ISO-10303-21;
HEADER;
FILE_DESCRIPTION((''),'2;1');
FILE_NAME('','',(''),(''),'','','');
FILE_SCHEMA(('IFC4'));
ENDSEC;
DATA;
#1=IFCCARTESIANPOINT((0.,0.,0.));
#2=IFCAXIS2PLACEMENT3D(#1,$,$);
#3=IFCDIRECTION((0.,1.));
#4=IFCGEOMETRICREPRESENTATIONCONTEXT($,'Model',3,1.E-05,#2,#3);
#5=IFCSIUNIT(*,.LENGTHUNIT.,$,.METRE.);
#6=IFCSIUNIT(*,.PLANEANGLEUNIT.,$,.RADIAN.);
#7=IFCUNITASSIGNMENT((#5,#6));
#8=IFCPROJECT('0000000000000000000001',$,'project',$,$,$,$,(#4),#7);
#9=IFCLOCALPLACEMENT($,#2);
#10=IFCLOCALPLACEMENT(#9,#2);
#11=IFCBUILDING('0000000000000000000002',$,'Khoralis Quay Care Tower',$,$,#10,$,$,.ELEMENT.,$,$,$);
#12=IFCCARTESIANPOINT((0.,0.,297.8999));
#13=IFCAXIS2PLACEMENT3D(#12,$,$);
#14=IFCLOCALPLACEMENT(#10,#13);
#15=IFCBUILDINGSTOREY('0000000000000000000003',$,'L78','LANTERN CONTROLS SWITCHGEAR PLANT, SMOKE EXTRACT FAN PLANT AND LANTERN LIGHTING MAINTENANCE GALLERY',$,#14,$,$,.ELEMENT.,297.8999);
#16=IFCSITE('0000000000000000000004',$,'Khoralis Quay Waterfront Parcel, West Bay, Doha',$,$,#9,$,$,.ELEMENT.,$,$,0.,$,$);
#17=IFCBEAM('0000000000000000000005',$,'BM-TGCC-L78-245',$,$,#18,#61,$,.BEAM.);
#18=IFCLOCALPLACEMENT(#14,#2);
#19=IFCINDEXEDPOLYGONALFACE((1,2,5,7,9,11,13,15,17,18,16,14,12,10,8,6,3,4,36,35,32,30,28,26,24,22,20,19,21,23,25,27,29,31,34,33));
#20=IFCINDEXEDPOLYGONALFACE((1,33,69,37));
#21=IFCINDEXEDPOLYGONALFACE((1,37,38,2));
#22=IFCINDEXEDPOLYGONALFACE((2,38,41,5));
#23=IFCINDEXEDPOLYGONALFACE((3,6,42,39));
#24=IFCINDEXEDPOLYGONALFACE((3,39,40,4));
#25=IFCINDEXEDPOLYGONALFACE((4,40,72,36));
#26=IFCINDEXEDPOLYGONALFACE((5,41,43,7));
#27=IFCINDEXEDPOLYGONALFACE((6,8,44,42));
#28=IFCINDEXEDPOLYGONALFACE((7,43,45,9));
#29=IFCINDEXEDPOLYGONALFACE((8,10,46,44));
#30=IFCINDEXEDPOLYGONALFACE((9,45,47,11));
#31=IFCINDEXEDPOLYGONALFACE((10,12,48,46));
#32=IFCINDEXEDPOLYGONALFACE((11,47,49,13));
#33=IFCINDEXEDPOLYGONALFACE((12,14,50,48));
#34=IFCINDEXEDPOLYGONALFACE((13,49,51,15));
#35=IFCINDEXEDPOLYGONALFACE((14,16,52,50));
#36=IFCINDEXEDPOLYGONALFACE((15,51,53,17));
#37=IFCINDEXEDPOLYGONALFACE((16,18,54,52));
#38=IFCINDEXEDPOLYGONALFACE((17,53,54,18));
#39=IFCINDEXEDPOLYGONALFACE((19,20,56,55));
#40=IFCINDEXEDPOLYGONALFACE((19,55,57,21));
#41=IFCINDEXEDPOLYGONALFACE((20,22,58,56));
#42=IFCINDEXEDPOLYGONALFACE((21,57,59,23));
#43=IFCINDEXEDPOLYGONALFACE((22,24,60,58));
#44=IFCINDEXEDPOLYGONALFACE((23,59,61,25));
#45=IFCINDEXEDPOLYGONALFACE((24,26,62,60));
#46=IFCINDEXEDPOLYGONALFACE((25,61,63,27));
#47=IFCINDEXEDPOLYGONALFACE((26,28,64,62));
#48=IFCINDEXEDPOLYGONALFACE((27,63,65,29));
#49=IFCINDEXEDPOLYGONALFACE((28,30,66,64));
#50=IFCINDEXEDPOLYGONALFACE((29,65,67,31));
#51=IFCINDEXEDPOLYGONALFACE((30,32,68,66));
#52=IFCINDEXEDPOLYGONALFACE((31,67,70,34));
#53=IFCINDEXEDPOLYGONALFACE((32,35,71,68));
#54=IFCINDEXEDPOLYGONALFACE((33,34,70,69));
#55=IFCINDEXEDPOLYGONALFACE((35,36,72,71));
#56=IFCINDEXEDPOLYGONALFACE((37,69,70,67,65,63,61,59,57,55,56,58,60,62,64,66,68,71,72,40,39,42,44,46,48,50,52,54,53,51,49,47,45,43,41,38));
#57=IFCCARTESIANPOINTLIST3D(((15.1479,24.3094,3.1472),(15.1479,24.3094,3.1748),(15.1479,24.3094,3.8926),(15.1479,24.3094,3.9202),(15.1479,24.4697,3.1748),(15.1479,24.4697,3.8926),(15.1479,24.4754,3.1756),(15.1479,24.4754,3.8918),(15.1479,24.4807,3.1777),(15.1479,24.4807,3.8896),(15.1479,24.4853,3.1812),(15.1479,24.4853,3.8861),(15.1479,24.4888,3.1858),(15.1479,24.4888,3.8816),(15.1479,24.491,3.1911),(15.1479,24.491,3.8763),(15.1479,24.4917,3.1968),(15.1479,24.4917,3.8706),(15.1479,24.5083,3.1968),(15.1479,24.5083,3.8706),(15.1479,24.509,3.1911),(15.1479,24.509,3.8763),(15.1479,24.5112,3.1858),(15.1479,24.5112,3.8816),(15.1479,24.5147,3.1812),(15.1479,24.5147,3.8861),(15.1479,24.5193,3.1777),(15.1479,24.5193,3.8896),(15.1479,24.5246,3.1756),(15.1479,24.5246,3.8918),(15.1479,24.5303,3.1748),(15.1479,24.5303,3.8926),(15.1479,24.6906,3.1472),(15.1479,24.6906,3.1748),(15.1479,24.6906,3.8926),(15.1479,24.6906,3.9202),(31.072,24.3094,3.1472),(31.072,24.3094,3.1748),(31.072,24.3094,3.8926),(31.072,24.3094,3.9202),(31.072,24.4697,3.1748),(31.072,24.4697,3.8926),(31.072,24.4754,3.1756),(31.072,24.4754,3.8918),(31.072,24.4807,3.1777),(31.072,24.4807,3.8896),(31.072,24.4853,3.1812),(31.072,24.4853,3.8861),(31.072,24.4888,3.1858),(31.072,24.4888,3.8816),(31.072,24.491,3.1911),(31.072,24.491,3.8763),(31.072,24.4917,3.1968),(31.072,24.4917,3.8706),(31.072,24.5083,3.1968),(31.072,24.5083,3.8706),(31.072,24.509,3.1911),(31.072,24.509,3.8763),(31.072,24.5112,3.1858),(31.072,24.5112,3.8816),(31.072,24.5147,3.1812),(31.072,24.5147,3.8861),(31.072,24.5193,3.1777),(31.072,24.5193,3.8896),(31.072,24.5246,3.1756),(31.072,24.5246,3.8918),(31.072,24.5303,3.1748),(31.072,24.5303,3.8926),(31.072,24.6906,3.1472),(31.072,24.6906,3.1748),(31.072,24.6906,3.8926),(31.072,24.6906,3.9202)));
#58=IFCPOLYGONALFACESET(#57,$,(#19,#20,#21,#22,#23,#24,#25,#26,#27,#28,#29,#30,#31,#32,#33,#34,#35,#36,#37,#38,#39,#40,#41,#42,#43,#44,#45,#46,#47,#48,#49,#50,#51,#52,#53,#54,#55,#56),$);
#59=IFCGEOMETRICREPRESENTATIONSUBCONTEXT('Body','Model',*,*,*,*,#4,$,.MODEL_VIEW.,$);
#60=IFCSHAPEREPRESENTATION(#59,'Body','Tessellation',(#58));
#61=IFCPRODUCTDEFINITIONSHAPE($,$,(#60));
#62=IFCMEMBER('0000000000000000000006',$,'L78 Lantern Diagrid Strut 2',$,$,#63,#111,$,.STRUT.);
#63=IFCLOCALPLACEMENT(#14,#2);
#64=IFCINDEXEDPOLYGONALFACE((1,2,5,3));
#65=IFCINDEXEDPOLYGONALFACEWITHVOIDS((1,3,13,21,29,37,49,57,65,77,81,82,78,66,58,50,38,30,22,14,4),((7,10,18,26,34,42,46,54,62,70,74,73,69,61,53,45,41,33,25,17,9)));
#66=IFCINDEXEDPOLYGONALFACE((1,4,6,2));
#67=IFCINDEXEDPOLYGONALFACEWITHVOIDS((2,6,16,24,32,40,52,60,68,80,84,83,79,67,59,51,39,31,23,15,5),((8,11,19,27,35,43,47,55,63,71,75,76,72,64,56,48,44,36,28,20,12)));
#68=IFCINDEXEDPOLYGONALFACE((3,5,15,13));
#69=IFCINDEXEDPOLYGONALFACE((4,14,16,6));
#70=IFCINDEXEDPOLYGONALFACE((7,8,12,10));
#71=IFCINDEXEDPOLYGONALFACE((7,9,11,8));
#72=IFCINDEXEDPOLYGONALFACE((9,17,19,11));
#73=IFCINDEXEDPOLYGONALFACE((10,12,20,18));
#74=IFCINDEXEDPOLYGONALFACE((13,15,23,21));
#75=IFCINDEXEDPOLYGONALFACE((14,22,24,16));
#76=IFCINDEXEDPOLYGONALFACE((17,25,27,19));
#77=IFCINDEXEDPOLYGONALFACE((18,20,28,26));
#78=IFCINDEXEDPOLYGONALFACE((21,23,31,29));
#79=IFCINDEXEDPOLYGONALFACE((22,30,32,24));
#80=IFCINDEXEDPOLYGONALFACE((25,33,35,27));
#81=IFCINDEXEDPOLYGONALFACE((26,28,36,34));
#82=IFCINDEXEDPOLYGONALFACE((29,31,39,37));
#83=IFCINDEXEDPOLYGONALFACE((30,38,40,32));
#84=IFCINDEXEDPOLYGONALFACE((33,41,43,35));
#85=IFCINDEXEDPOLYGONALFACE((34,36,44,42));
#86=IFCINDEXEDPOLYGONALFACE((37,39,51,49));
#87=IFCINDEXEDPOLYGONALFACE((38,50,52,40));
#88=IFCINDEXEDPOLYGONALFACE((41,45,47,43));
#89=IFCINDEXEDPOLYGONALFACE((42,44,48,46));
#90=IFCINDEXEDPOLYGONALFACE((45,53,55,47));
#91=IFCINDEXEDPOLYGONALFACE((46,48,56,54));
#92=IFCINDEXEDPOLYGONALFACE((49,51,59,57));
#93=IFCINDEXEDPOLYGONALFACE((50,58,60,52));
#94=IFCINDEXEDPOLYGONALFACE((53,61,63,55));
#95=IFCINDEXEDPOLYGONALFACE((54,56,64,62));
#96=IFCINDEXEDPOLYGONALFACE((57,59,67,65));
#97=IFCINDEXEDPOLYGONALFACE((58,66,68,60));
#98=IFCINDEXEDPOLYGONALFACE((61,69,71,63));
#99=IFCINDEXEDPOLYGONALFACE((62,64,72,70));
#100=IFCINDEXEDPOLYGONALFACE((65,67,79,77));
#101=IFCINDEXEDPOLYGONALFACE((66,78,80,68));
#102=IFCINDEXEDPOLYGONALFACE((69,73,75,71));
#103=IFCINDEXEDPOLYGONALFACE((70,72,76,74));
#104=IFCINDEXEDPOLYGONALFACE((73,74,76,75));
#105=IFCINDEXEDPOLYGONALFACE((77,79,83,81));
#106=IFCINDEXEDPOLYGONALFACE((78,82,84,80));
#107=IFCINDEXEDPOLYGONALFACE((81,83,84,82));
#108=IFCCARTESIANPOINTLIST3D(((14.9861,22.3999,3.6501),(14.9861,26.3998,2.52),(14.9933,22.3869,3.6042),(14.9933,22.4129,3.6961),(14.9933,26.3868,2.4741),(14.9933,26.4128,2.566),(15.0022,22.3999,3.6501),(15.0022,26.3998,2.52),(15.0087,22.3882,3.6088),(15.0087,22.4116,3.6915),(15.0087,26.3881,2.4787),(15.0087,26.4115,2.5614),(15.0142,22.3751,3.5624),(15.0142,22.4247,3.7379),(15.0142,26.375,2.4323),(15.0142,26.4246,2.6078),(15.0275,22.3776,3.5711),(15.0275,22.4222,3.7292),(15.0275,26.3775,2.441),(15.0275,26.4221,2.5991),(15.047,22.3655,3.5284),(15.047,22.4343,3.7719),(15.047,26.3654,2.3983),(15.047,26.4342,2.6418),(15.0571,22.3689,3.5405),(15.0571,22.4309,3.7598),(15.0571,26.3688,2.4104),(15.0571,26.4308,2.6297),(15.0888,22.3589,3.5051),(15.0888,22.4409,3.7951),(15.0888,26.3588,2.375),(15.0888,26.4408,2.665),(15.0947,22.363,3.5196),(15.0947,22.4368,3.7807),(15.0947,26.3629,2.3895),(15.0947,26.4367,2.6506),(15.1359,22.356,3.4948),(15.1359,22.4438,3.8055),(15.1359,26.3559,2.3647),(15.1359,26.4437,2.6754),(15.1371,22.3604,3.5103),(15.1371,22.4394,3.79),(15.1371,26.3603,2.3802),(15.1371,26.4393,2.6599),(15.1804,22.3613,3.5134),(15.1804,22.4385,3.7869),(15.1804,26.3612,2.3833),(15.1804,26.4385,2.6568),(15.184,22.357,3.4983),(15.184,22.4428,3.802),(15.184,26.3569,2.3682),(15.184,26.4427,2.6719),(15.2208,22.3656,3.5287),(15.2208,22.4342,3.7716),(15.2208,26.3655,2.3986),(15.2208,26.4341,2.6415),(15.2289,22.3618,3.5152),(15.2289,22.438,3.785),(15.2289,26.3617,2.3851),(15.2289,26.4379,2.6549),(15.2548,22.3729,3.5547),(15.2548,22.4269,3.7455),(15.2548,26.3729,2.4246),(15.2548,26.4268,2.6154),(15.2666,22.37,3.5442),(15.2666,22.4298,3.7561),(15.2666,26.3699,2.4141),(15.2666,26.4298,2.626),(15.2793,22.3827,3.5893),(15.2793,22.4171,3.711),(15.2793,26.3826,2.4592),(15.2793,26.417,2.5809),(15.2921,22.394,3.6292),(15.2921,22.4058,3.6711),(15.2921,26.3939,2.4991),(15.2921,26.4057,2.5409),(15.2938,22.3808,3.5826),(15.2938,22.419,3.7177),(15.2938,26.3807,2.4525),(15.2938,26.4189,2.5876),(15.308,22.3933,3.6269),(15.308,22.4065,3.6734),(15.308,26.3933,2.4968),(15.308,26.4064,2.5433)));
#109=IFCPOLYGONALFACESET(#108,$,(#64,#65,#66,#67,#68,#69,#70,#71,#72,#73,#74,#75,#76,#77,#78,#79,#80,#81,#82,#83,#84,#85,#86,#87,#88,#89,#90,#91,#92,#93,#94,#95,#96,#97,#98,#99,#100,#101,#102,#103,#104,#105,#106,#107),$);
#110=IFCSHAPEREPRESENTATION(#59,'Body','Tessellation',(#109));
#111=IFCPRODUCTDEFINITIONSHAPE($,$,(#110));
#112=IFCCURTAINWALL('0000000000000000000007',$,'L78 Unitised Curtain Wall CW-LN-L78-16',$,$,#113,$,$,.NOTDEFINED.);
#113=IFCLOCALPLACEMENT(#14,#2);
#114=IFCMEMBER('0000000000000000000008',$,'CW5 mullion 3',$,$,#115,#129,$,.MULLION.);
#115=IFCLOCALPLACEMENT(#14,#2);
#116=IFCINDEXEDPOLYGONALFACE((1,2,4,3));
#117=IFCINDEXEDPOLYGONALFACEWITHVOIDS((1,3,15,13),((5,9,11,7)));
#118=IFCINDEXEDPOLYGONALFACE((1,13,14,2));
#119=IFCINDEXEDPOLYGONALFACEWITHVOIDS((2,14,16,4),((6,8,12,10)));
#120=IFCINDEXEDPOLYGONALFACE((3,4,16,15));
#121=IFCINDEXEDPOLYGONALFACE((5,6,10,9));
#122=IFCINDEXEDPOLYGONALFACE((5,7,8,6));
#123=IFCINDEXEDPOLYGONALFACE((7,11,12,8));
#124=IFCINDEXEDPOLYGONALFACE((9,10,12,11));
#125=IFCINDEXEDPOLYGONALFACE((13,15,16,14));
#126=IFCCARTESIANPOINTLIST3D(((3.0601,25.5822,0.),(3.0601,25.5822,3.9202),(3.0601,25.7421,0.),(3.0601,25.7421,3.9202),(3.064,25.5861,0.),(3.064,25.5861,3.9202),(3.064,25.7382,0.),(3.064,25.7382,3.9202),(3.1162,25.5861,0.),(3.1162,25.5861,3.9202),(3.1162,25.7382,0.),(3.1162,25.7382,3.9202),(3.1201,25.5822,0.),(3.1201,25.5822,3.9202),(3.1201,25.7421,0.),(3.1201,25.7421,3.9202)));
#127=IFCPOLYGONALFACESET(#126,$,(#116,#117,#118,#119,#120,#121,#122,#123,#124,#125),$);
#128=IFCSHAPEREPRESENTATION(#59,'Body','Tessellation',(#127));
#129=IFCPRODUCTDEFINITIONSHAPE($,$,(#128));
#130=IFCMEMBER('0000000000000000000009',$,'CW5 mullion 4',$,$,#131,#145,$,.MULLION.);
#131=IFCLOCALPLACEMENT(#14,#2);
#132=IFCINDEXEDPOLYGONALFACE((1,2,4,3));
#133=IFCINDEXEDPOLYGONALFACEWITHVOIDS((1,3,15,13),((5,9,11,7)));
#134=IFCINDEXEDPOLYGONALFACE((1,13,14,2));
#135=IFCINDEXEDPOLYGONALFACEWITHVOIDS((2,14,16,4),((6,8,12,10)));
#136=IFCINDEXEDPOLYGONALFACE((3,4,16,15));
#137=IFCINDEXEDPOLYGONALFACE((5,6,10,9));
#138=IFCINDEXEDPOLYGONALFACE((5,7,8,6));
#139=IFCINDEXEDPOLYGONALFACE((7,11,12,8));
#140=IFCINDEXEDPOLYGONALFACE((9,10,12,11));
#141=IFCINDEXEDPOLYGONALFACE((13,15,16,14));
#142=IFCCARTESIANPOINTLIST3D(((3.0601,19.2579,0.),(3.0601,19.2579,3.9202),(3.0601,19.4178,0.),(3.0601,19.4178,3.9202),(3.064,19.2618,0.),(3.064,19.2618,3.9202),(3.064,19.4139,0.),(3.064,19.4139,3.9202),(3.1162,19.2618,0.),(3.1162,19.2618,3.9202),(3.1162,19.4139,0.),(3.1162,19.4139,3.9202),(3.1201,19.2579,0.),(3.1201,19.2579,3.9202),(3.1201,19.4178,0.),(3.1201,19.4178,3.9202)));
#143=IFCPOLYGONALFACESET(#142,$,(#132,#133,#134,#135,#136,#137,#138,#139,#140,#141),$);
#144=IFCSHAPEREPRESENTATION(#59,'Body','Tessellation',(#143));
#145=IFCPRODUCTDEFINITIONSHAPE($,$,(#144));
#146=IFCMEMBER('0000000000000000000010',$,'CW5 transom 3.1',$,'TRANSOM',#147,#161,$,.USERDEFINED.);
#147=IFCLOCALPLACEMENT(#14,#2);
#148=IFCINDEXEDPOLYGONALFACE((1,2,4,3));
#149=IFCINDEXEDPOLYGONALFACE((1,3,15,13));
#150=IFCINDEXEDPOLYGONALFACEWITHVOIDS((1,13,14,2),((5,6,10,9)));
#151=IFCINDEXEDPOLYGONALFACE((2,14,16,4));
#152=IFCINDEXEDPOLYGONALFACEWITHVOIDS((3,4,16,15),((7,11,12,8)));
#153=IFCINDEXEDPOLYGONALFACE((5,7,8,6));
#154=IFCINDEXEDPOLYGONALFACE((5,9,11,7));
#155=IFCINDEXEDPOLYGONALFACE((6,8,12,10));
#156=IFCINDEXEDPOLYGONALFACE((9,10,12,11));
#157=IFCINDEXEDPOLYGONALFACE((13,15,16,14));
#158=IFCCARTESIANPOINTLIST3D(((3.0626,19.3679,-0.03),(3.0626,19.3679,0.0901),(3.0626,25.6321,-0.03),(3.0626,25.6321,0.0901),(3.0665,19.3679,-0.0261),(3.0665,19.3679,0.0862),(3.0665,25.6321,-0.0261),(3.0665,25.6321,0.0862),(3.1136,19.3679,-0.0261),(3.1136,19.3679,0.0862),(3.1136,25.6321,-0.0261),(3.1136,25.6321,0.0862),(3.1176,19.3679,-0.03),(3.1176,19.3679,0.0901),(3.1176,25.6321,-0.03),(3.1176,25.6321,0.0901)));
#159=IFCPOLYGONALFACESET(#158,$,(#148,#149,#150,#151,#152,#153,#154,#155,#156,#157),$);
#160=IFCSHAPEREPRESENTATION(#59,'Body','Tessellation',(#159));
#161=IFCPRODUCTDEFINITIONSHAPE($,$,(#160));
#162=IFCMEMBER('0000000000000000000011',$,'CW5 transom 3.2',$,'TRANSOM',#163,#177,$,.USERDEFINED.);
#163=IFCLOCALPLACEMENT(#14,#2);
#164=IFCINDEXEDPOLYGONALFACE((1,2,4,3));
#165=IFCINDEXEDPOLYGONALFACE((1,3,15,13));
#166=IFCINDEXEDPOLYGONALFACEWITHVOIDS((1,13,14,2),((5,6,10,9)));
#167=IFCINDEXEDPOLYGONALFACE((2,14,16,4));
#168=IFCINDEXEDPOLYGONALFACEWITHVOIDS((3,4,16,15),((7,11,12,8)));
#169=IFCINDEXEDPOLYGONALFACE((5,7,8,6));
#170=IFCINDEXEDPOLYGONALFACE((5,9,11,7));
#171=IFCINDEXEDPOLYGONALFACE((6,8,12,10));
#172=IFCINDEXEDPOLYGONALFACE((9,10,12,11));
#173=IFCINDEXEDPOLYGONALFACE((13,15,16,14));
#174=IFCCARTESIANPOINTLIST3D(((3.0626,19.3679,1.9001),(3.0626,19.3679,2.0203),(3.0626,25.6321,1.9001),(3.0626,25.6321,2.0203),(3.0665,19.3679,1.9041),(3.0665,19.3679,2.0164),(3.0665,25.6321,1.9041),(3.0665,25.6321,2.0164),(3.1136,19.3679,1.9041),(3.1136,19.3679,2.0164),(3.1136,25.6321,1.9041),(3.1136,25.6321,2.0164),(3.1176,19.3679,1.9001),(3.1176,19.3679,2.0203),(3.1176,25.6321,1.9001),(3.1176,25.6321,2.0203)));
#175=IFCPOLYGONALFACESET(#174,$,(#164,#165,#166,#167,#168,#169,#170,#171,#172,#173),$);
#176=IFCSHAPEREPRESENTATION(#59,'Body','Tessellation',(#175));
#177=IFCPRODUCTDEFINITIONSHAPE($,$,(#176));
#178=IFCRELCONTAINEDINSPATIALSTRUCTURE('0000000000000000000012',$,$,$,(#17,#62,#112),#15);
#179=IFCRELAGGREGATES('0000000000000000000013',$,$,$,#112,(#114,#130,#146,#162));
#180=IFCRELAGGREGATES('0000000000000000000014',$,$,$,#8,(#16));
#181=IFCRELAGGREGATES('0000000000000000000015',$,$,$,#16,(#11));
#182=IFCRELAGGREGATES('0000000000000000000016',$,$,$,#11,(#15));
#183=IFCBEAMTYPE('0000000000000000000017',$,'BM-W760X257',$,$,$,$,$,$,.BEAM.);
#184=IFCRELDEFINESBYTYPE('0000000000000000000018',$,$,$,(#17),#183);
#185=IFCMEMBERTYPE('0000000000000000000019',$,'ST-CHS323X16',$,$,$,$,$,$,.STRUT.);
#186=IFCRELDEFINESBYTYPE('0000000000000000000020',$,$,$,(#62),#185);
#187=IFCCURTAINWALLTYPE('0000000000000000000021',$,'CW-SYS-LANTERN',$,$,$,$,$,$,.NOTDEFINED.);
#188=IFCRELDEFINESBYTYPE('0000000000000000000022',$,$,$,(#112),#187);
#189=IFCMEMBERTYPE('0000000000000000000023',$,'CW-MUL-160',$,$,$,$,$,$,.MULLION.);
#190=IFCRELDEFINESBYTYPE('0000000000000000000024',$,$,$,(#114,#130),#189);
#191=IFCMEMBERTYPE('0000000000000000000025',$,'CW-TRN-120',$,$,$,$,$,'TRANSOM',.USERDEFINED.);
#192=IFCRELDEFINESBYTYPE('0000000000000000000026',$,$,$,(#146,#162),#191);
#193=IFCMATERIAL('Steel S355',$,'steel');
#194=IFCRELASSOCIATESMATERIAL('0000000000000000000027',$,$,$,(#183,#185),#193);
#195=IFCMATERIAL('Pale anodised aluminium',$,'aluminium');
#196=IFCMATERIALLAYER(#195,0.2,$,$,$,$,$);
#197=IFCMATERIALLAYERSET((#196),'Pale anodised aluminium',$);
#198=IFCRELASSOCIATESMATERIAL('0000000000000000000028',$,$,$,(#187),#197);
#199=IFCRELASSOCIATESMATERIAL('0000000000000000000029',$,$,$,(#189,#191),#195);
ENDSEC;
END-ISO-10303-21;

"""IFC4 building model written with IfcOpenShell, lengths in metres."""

from ifc_helpers import new_model, si_unit, direction, frame, origin, origin_2d, place, context, subcontext, project, spatial, hollow_rectangle, hollow_circle, i_section, extrude, source, transform, mapped, material, layer, layer_set, material_profile, profile_set, type_object, element, aggregate, save


model = new_model("IFC4")

# Units and contexts
model_context = context("Model", 3, precision=1e-05, world=origin(), true_north=direction((0.0, 1.0)))
body_context = subcontext(model_context, "Body", "Model", "MODEL_VIEW")
ifc_project = project(units=[si_unit("LENGTHUNIT", "METRE"), si_unit("PLANEANGLEUNIT", "RADIAN")], contexts=[model_context])

# Site, building, storey
site_placement = place(None, origin())
site = spatial("IfcSite", under=ifc_project, at=site_placement, Name="Khoralis Quay Waterfront Parcel, West Bay, Doha", CompositionType="ELEMENT", RefElevation=0.0)
building_placement = place(site_placement, origin())
building = spatial("IfcBuilding", under=site, at=building_placement, Name="Khoralis Quay Care Tower", CompositionType="ELEMENT")
storey_placement = place(building_placement, frame((0.0, 0.0, 297.8999)))
storey = spatial("IfcBuildingStorey", under=building, at=storey_placement, Name="L78", Description="LANTERN CONTROLS SWITCHGEAR PLANT, SMOKE EXTRACT FAN PLANT AND LANTERN LIGHTING MAINTENANCE GALLERY", CompositionType="ELEMENT", Elevation=297.8999)

# Shared definitions
ifc_material_1 = material(Name="Steel S355", Category="steel")

# Beam
ifc_material_profile_1 = material_profile(ifc_material_1, i_section(OverallWidth=0.3811, OverallDepth=0.7729, WebThickness=0.0166, FlangeThickness=0.0276, FilletRadius=0.022, at=origin_2d()), Name="Steel S355")
ifc_profile_set_1 = profile_set([ifc_material_profile_1], Name="Steel S355")
beam_type_1 = type_object("IfcBeamType", Name="BM-W760X257", PredefinedType="BEAM", material=ifc_profile_set_1)
shared_shape_1 = source(origin(), body_context, "Body", "SweptSolid", [
    extrude(i_section(OverallWidth=0.3811, OverallDepth=0.7729, WebThickness=0.0166, FlangeThickness=0.0276, FilletRadius=0.022, at=origin_2d()), origin(), (0.0, 0.0, 1.0), 15.9241),
])
beam_1_placement = place(storey_placement, frame((15.1479, 24.5, 3.5337), z_axis=(1.0, 0.0, 0.0), x_axis=(0.0, 1.0, 0.0)))
element("IfcBeam", 1, at=beam_1_placement, inside=storey, type_object=beam_type_1, Name="BM-TGCC-L78-245", PredefinedType="BEAM", context=body_context, shape_type="MappedRepresentation", body=[
    mapped(shared_shape_1, transform((0.0, 0.0, 0.0), scale=1.0)),
])

# Member
ifc_material_profile_2 = material_profile(ifc_material_1, hollow_circle(Radius=0.1619, WallThickness=0.0161, at=origin_2d()), Name="Steel S355")
ifc_profile_set_2 = profile_set([ifc_material_profile_2], Name="Steel S355")
member_type_1 = type_object("IfcMemberType", Name="ST-CHS323X16", PredefinedType="STRUT", material=ifc_profile_set_2)
shared_shape_2 = source(origin(), body_context, "Body", "SweptSolid", [
    extrude(hollow_circle(Radius=0.1619, WallThickness=0.0161, at=origin_2d()), origin(), (0.0, 0.0, 1.0), 4.1565),
])
member_1_placement = place(storey_placement, frame((15.1479, 22.3999, 3.6501), z_axis=(0.0, 0.962329, -0.271888), x_axis=(-1.0, 0.0, 0.0)))
element("IfcMember", 2, at=member_1_placement, inside=storey, type_object=member_type_1, Name="L78 Lantern Diagrid Strut 2", PredefinedType="STRUT", context=body_context, shape_type="MappedRepresentation", body=[
    mapped(shared_shape_2, transform((0.0, 0.0, 0.0), scale=1.0)),
])

# Curtain wall, members
ifc_material_2 = material(Name="Pale anodised aluminium", Category="aluminium")
ifc_layer_1 = layer(ifc_material_2, 0.2)
ifc_layer_set_1 = layer_set([ifc_layer_1], Name="Pale anodised aluminium")
curtain_wall_type = type_object("IfcCurtainWallType", Name="CW-SYS-LANTERN", PredefinedType="NOTDEFINED", material=ifc_layer_set_1)
curtain_wall_placement = place(storey_placement, origin())
curtain_wall = element("IfcCurtainWall", 3, at=curtain_wall_placement, inside=storey, type_object=curtain_wall_type, Name="L78 Unitised Curtain Wall CW-LN-L78-16", PredefinedType="NOTDEFINED")
ifc_material_profile_3 = material_profile(ifc_material_2, hollow_rectangle(XDim=0.0601, YDim=0.1599, WallThickness=0.0039, at=origin_2d()), Name="Pale anodised aluminium")
ifc_profile_set_3 = profile_set([ifc_material_profile_3], Name="Pale anodised aluminium")
member_type_2 = type_object("IfcMemberType", Name="CW-MUL-160", PredefinedType="MULLION", material=ifc_profile_set_3)
shared_shape_3 = source(origin(), body_context, "Body", "SweptSolid", [
    extrude(hollow_rectangle(XDim=0.0601, YDim=0.1599, WallThickness=0.0039, at=origin_2d()), origin(), (0.0, 0.0, 1.0), 3.9202),
])
member_2_placement = place(storey_placement, frame((3.0901, 25.6621, 0.0), z_axis=(0.0, 0.0, 1.0), x_axis=(1.0, 0.0, 0.0)))
member_2 = element("IfcMember", 4, at=member_2_placement, type_object=member_type_2, Name="CW5 mullion 3", PredefinedType="MULLION", context=body_context, shape_type="MappedRepresentation", body=[
    mapped(shared_shape_3, transform((0.0, 0.0, 0.0), scale=1.0)),
])
member_3_placement = place(storey_placement, frame((3.0901, 19.3379, 0.0), z_axis=(0.0, 0.0, 1.0), x_axis=(1.0, 0.0, 0.0)))
member_3 = element("IfcMember", 5, at=member_3_placement, type_object=member_type_2, Name="CW5 mullion 4", PredefinedType="MULLION", context=body_context, shape_type="MappedRepresentation", body=[
    mapped(shared_shape_3, transform((0.0, 0.0, 0.0), scale=1.0)),
])
ifc_material_profile_4 = material_profile(ifc_material_2, hollow_rectangle(XDim=0.0549, YDim=0.1201, WallThickness=0.0039, at=origin_2d()), Name="Pale anodised aluminium")
ifc_profile_set_4 = profile_set([ifc_material_profile_4], Name="Pale anodised aluminium")
member_type_3 = type_object("IfcMemberType", Name="CW-TRN-120", ElementType="TRANSOM", PredefinedType="USERDEFINED", material=ifc_profile_set_4)
shared_shape_4 = source(origin(), body_context, "Body", "SweptSolid", [
    extrude(hollow_rectangle(XDim=0.0549, YDim=0.1201, WallThickness=0.0039, at=origin_2d()), origin(), (0.0, 0.0, 1.0), 6.2642),
])
member_4_placement = place(storey_placement, frame((3.0901, 25.6321, 0.03), z_axis=(0.0, -1.0, 0.0), x_axis=(1.0, 0.0, 0.0)))
member_4 = element("IfcMember", 6, at=member_4_placement, type_object=member_type_3, Name="CW5 transom 3.1", ObjectType="TRANSOM", PredefinedType="USERDEFINED", context=body_context, shape_type="MappedRepresentation", body=[
    mapped(shared_shape_4, transform((0.0, 0.0, 0.0), scale=1.0)),
])
member_5_placement = place(storey_placement, frame((3.0901, 25.6321, 1.9602), z_axis=(0.0, -1.0, 0.0), x_axis=(1.0, 0.0, 0.0)))
member_5 = element("IfcMember", 7, at=member_5_placement, type_object=member_type_3, Name="CW5 transom 3.2", ObjectType="TRANSOM", PredefinedType="USERDEFINED", context=body_context, shape_type="MappedRepresentation", body=[
    mapped(shared_shape_4, transform((0.0, 0.0, 0.0), scale=1.0)),
])

aggregate(curtain_wall, [member_2, member_3, member_4, member_5])

save(model, "model.ifc")
